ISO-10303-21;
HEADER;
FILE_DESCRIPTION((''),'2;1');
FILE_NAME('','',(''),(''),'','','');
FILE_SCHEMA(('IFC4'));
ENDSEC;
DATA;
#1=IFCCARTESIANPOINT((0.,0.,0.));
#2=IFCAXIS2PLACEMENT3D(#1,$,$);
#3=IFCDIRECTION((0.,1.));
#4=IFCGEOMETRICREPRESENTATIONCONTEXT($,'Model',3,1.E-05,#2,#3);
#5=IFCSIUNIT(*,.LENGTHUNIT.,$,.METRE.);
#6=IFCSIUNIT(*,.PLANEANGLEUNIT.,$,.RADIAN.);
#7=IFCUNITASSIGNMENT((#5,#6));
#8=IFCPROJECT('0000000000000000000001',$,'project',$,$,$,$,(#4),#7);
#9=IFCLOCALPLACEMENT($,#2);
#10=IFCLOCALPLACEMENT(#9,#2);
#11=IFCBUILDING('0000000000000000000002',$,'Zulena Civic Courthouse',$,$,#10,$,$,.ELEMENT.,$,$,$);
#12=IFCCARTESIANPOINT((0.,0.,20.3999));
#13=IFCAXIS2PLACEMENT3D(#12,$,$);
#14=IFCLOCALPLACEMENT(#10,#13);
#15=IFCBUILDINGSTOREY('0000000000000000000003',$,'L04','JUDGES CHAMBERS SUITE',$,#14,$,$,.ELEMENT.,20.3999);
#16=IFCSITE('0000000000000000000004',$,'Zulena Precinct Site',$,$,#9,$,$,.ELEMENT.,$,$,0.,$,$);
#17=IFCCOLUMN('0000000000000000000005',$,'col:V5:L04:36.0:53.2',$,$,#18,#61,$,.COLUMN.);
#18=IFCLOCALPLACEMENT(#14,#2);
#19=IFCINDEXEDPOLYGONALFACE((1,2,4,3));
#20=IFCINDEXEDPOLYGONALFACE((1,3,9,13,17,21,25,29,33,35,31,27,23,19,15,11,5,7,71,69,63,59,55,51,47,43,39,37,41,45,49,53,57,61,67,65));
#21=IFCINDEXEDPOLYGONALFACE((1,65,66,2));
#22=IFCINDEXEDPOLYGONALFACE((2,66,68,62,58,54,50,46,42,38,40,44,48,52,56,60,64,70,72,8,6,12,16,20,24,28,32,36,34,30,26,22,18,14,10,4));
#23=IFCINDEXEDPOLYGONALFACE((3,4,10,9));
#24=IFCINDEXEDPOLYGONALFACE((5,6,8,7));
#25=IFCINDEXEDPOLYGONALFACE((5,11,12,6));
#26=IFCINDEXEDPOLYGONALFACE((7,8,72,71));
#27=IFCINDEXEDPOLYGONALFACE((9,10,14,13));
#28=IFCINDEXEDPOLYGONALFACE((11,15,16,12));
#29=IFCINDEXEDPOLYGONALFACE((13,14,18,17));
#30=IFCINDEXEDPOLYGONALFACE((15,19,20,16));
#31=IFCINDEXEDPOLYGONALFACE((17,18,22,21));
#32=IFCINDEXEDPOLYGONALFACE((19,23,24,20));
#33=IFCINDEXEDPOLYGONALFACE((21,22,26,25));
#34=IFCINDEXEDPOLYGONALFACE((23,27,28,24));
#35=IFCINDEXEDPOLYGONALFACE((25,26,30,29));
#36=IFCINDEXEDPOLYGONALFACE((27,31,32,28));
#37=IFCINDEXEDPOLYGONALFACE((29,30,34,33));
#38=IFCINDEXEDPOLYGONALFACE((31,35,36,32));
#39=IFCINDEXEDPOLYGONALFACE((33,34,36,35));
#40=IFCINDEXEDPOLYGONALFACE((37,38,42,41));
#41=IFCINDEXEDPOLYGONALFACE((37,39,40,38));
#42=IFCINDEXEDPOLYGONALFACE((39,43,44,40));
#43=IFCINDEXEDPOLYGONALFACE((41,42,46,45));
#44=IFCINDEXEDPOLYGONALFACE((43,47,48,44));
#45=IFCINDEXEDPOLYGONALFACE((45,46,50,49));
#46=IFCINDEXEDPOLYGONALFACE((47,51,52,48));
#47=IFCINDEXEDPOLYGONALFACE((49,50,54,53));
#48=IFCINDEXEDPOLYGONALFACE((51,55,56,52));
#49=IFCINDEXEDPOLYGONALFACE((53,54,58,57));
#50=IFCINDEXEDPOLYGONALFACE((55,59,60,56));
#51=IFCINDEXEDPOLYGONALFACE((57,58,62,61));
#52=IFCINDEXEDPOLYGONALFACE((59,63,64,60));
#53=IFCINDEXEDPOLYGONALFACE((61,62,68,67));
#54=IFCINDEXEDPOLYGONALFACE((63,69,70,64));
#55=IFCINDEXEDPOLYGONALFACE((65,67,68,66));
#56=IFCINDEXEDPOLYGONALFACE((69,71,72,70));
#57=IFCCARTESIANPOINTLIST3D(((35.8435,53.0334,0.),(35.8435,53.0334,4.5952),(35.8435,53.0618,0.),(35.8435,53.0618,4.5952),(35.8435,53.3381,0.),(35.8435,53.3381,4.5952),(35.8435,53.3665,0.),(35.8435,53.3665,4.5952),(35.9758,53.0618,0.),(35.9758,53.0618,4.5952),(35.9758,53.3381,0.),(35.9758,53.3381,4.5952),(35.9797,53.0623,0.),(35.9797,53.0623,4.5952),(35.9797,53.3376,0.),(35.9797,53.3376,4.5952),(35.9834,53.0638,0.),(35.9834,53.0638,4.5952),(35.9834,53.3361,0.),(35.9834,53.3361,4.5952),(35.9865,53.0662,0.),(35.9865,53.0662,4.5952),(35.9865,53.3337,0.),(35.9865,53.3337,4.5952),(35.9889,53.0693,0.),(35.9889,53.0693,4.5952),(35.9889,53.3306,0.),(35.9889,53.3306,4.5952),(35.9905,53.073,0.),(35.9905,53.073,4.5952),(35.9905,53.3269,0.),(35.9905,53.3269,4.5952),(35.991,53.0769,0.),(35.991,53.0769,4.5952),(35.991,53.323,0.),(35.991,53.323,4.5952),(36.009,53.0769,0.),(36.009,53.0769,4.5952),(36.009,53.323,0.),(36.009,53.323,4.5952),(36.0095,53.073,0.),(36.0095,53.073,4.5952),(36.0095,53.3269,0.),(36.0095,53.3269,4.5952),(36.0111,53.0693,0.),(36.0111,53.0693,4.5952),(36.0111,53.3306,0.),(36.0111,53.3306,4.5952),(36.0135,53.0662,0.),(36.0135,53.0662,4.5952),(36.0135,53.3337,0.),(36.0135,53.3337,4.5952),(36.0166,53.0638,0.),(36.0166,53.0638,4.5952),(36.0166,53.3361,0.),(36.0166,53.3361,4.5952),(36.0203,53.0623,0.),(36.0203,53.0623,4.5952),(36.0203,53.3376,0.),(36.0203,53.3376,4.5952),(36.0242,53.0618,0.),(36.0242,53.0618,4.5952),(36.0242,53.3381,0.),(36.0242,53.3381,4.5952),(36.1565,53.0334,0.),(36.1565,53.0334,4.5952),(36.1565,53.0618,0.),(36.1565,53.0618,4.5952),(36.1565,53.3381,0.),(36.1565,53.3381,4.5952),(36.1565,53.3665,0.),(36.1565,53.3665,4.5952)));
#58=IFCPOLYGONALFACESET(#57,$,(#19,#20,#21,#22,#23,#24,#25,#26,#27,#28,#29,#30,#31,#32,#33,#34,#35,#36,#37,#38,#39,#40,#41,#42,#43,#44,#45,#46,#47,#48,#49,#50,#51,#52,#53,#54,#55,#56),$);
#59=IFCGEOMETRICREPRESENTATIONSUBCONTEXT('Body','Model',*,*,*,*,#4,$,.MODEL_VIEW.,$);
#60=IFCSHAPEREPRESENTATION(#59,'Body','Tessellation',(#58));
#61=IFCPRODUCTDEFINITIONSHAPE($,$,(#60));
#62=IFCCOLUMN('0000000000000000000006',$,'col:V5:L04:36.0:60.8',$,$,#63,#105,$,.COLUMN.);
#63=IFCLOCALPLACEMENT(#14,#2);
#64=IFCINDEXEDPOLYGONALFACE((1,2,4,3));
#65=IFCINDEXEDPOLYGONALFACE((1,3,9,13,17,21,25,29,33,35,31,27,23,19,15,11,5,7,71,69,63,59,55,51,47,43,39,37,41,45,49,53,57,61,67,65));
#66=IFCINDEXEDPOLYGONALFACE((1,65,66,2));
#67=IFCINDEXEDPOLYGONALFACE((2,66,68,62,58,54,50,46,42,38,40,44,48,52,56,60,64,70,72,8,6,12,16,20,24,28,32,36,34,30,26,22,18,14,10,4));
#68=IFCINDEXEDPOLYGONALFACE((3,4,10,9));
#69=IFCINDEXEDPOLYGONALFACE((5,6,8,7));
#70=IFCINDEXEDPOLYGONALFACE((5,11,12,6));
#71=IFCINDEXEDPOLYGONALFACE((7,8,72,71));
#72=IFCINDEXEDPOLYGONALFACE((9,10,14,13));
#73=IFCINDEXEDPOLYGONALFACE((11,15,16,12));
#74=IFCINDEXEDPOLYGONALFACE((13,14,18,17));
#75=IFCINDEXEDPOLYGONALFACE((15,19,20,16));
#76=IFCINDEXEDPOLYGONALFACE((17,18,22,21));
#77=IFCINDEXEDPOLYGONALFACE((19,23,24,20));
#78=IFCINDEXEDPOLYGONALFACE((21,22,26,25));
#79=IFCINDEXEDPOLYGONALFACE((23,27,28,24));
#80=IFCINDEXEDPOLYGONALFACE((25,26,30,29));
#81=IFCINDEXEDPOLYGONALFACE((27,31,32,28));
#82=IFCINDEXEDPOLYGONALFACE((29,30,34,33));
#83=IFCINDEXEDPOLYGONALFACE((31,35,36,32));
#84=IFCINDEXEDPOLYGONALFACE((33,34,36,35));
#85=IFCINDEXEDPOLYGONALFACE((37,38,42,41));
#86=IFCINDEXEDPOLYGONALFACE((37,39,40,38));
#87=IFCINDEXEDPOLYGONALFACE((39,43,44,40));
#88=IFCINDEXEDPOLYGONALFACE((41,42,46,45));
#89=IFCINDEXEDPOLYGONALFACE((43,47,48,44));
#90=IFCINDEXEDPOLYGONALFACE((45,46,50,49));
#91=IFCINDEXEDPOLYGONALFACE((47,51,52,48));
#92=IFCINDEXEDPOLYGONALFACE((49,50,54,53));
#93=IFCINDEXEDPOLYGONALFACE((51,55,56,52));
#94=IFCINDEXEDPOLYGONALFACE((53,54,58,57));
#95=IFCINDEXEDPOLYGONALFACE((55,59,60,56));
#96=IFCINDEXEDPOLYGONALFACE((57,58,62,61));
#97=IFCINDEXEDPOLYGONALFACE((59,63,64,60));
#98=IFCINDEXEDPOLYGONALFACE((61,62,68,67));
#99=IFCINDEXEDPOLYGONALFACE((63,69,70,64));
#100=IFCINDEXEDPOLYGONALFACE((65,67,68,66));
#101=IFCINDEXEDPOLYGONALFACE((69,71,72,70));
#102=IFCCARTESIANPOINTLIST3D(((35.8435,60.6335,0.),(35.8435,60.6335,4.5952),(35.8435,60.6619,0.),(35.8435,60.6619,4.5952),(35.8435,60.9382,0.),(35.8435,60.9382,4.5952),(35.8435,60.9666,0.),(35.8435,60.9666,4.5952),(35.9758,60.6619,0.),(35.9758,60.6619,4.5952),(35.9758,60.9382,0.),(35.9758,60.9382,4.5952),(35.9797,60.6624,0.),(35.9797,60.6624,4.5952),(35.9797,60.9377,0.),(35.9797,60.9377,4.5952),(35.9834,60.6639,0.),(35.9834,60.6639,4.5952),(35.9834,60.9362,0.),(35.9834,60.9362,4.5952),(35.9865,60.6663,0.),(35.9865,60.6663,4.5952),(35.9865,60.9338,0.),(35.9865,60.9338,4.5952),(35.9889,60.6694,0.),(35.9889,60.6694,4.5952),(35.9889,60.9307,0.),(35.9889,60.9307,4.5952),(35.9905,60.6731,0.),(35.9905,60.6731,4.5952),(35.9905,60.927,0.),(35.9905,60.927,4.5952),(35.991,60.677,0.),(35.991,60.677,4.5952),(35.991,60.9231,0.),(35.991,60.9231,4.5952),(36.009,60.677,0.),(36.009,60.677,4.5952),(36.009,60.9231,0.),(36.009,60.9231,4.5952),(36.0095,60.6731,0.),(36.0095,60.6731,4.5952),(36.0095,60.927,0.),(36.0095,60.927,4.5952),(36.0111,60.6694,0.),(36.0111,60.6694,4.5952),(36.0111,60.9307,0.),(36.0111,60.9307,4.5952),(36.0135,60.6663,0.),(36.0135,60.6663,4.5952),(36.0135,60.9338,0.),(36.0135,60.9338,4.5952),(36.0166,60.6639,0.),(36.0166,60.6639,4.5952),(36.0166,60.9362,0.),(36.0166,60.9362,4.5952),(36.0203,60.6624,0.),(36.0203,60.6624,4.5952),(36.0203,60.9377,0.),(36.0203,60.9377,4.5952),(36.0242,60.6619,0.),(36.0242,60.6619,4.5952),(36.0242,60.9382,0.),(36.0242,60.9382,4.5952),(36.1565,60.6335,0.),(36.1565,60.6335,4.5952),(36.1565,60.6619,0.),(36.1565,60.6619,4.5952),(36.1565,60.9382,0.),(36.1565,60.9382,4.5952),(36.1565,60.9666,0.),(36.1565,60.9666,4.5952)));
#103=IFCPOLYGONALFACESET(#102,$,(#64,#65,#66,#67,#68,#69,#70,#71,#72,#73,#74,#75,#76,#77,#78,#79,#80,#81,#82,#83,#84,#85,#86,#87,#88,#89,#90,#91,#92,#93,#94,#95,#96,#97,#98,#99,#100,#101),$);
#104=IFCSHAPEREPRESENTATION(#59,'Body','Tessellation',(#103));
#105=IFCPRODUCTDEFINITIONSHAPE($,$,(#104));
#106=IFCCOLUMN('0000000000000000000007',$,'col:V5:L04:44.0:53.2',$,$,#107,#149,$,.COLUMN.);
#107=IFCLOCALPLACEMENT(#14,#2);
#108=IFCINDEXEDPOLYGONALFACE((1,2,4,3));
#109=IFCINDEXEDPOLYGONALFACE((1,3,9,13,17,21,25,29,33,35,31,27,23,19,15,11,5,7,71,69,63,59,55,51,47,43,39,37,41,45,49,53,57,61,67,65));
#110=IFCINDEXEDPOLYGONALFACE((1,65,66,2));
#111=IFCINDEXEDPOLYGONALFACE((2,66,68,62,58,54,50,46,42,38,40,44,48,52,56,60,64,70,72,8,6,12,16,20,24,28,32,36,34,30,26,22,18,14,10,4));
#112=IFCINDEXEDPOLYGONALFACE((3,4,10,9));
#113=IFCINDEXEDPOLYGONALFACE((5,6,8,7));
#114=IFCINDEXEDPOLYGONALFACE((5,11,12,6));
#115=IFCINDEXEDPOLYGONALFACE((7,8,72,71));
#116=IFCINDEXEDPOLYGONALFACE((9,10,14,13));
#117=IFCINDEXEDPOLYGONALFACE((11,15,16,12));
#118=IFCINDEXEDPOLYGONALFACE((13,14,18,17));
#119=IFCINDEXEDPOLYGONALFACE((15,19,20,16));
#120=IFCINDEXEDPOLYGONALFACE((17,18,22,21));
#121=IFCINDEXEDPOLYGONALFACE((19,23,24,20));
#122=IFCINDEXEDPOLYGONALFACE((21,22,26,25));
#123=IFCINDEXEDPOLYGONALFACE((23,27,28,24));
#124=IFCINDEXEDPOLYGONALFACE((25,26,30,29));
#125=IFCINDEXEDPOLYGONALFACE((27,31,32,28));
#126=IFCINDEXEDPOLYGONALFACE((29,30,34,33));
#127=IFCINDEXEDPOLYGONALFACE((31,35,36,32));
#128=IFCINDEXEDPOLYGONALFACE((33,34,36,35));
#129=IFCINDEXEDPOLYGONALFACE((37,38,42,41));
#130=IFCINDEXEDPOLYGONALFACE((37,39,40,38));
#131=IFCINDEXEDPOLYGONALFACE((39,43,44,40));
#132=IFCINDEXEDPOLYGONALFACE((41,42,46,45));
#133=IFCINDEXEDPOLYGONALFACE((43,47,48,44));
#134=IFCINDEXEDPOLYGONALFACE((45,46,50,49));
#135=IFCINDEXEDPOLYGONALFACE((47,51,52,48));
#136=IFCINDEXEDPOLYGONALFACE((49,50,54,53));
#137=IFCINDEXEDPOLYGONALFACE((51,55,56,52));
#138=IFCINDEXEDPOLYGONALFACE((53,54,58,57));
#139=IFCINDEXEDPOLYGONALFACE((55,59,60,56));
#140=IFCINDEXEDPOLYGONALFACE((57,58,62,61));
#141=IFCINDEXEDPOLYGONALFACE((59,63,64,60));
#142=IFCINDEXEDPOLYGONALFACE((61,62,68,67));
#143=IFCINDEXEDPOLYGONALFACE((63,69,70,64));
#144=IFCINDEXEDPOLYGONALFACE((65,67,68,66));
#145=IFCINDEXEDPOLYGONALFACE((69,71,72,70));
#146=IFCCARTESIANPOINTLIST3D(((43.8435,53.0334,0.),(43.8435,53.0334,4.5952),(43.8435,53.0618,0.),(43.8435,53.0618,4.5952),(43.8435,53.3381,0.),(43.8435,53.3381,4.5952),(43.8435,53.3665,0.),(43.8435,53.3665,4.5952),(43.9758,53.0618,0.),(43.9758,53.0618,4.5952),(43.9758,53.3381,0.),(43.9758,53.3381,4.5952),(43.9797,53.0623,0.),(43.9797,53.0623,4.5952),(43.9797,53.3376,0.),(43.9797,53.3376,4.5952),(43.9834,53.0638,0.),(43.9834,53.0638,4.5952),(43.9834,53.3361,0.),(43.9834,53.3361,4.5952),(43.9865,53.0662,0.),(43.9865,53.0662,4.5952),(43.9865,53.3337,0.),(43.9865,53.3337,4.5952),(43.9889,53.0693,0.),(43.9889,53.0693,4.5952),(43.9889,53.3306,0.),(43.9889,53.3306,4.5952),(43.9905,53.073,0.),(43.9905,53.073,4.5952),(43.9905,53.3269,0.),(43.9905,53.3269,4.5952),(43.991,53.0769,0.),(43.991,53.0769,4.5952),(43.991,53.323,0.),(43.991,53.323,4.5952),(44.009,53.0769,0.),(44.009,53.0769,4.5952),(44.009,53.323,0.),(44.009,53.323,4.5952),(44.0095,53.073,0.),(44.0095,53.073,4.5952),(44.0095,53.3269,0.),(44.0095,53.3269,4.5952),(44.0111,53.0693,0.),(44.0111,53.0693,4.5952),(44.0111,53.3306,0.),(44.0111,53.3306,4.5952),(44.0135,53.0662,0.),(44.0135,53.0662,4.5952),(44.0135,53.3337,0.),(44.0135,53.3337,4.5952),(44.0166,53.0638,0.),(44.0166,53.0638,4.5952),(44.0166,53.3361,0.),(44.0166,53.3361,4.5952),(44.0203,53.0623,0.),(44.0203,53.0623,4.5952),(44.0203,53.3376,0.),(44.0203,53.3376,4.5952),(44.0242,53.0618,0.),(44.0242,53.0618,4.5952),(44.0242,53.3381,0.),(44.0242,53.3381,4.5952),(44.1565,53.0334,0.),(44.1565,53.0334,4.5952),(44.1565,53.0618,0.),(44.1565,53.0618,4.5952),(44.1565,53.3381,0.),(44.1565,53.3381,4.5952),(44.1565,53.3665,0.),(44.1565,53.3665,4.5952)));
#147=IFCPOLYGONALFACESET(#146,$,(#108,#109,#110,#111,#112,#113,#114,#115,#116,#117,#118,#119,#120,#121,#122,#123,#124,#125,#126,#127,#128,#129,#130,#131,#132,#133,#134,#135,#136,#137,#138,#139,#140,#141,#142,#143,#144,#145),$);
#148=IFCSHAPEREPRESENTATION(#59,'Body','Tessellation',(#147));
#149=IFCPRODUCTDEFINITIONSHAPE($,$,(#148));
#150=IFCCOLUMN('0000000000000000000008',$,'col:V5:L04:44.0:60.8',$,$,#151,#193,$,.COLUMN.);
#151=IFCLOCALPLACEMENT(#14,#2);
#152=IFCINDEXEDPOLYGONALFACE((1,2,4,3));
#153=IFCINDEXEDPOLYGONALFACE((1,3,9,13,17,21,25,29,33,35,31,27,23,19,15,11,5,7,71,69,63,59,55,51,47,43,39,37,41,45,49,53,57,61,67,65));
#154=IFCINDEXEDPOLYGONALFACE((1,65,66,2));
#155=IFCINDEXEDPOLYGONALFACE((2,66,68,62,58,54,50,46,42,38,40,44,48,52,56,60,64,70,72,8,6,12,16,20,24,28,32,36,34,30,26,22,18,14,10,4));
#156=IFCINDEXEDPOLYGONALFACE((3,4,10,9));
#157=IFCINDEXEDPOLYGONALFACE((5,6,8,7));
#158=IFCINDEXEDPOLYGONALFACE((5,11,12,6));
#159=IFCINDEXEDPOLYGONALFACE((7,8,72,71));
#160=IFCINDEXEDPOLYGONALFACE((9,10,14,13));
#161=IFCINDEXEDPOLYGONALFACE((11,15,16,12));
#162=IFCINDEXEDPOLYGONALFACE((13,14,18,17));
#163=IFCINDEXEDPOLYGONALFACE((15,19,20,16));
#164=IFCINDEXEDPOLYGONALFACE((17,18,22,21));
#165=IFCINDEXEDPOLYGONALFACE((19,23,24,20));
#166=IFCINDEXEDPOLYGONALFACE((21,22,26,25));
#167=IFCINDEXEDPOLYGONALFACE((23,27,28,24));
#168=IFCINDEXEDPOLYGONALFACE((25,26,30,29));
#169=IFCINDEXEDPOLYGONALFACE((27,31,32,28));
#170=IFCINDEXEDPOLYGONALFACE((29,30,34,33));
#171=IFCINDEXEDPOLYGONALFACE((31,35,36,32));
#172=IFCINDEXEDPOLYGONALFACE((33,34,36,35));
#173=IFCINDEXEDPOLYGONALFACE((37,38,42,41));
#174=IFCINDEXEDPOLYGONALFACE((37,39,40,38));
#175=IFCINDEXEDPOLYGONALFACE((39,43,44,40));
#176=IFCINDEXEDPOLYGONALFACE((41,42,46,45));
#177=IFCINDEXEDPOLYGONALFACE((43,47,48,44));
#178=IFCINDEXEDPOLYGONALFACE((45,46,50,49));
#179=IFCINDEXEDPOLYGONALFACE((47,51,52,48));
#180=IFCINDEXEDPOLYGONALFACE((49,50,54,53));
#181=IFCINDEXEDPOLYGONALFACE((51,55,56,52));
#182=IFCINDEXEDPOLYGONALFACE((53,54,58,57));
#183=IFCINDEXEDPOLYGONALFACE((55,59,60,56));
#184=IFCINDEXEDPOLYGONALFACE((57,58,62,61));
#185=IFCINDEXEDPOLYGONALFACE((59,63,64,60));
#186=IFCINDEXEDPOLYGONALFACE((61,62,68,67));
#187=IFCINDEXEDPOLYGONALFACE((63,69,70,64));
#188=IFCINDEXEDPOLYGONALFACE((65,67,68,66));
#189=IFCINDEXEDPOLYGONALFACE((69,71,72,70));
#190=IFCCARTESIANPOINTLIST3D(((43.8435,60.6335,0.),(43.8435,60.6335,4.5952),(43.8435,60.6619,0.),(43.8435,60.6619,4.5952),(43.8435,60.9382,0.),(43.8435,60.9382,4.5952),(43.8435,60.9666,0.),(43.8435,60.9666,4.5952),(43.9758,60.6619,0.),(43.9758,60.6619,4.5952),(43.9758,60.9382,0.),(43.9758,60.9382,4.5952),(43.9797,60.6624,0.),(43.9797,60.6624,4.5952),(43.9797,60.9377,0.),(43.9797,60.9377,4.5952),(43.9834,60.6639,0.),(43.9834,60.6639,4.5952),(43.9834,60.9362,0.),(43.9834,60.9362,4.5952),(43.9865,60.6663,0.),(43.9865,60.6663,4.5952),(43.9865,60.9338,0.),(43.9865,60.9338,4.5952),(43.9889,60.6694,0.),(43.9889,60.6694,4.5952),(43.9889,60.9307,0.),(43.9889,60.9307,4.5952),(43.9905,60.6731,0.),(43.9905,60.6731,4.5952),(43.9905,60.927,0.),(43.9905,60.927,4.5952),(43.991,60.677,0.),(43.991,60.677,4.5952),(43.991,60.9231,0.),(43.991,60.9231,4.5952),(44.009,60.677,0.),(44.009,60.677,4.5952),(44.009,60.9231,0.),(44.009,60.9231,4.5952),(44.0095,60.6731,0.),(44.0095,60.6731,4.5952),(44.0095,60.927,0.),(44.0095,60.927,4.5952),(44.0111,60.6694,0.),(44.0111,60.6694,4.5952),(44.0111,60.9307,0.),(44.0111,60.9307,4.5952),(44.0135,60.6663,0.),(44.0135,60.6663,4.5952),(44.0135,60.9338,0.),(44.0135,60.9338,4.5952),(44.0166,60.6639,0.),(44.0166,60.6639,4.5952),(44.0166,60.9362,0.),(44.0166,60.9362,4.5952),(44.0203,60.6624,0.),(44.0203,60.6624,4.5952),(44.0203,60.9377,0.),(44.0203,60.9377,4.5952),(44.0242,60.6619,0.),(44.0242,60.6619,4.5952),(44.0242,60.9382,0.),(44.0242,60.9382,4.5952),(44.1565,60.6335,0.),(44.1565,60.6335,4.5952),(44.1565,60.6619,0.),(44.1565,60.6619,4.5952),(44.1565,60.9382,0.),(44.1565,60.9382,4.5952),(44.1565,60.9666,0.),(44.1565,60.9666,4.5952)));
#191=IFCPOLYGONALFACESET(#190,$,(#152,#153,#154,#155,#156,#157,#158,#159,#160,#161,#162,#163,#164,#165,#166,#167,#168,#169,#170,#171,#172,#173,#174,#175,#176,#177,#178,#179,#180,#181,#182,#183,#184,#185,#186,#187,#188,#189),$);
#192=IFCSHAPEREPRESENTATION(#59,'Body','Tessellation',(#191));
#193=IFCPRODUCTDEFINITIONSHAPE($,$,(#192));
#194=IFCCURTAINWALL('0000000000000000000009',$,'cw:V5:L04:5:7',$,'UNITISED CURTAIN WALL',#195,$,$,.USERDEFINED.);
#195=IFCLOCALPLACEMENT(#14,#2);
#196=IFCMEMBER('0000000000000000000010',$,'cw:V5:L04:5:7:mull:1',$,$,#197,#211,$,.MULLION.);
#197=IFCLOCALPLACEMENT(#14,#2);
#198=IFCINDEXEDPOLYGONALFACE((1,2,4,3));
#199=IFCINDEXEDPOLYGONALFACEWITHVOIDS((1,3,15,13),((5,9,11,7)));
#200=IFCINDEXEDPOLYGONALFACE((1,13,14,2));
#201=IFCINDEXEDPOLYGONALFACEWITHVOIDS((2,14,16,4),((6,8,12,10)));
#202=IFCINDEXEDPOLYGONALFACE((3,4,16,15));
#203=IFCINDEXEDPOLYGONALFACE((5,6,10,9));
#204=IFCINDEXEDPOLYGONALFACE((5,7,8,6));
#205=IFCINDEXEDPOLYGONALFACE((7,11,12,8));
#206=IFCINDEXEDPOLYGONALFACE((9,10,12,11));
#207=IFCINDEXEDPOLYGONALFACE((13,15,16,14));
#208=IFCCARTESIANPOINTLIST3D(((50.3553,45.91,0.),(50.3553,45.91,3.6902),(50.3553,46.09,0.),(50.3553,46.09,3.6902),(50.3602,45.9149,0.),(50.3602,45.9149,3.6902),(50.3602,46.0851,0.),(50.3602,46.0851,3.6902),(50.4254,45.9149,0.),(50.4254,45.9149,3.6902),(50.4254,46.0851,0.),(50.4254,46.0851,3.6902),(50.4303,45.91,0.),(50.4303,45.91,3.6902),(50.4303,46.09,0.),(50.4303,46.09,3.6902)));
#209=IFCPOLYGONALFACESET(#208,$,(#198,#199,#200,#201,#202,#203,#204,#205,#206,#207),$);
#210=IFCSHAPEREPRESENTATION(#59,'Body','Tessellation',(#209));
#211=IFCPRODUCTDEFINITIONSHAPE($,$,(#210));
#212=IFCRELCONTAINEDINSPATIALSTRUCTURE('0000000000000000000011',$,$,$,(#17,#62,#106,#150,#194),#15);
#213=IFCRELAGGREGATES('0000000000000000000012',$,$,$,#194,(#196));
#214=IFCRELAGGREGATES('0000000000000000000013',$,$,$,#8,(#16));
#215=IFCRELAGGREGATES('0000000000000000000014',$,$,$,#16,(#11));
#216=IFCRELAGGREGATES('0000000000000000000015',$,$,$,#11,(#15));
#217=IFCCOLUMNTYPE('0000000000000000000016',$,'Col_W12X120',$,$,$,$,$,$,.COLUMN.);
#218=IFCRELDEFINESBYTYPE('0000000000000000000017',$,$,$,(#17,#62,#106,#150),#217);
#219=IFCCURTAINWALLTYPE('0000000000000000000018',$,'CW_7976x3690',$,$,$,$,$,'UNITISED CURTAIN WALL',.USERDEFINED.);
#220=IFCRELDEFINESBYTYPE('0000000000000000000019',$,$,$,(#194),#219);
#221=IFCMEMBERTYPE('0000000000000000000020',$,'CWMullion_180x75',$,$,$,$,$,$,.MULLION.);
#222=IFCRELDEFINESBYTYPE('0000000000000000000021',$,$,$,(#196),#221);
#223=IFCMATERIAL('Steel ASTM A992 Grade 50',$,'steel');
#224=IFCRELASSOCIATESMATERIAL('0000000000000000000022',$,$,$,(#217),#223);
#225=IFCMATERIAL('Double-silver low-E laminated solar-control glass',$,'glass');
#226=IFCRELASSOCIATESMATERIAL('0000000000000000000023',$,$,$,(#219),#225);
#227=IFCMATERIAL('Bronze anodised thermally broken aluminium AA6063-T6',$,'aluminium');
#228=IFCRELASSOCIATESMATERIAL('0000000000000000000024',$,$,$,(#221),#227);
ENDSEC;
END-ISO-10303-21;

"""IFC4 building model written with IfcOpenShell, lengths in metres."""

from ifc_helpers import new_model, si_unit, direction, frame, origin, origin_2d, place, context, subcontext, project, spatial, hollow_rectangle, i_section, extrude, material, material_profile, profile_set, type_object, element, aggregate, save


model = new_model("IFC4")

# Units and contexts
model_context = context("Model", 3, precision=1e-05, world=origin(), true_north=direction((0.0, 1.0)))
body_context = subcontext(model_context, "Body", "Model", "MODEL_VIEW")
ifc_project = project(units=[si_unit("LENGTHUNIT", "METRE"), si_unit("PLANEANGLEUNIT", "RADIAN")], contexts=[model_context])

# Site, building, storey
site_placement = place(None, origin())
site = spatial("IfcSite", under=ifc_project, at=site_placement, Name="Zulena Precinct Site", CompositionType="ELEMENT", RefElevation=0.0)
building_placement = place(site_placement, origin())
building = spatial("IfcBuilding", under=site, at=building_placement, Name="Zulena Civic Courthouse", CompositionType="ELEMENT")
storey_placement = place(building_placement, frame((0.0, 0.0, 20.3999)))
storey = spatial("IfcBuildingStorey", under=building, at=storey_placement, Name="L04", Description="JUDGES CHAMBERS SUITE", CompositionType="ELEMENT", Elevation=20.3999)

# Columns
ifc_material_1 = material(Name="Steel ASTM A992 Grade 50", Category="steel")
ifc_material_profile_1 = material_profile(ifc_material_1, i_section(OverallWidth=0.313, OverallDepth=0.333, WebThickness=0.0181, FlangeThickness=0.0283, FilletRadius=0.0151, at=origin_2d()), Name="W12X120")
ifc_profile_set_1 = profile_set([ifc_material_profile_1], Name="Steel ASTM A992 Grade 50")
column_type = type_object("IfcColumnType", Name="Col_W12X120", PredefinedType="COLUMN", material=ifc_profile_set_1)
for number, where, z_axis, x_axis, name in (
    (1, (36.0, 53.2, 0.0), (0.0, 0.0, 1.0), (1.0, 0.0, 0.0), "col:V5:L04:36.0:53.2"),
    (2, (36.0, 60.8, 0.0), (0.0, 0.0, 1.0), (1.0, 0.0, 0.0), "col:V5:L04:36.0:60.8"),
    (3, (44.0, 53.2, 0.0), (0.0, 0.0, 1.0), (1.0, 0.0, 0.0), "col:V5:L04:44.0:53.2"),
    (4, (44.0, 60.8, 0.0), (0.0, 0.0, 1.0), (1.0, 0.0, 0.0), "col:V5:L04:44.0:60.8"),
):
    element("IfcColumn", number, at=place(storey_placement, frame(where, z_axis=z_axis, x_axis=x_axis)), inside=storey, type_object=column_type, Name=name, PredefinedType="COLUMN", context=body_context, shape_type="SweptSolid", body=[
        extrude(i_section(OverallWidth=0.313, OverallDepth=0.333, WebThickness=0.0181, FlangeThickness=0.0283, FilletRadius=0.0151, at=origin_2d()), origin(), (0.0, 0.0, 1.0), 4.5952),
    ])

# Curtain wall, member
ifc_material_2 = material(Name="Double-silver low-E laminated solar-control glass", Category="glass")
curtain_wall_type = type_object("IfcCurtainWallType", Name="CW_7976x3690", ElementType="UNITISED CURTAIN WALL", PredefinedType="USERDEFINED", material=ifc_material_2)
curtain_wall_placement = place(storey_placement, origin())
curtain_wall = element("IfcCurtainWall", 5, at=curtain_wall_placement, inside=storey, type_object=curtain_wall_type, Name="cw:V5:L04:5:7", ObjectType="UNITISED CURTAIN WALL", PredefinedType="USERDEFINED")
ifc_material_3 = material(Name="Bronze anodised thermally broken aluminium AA6063-T6", Category="aluminium")
ifc_material_profile_2 = material_profile(ifc_material_3, hollow_rectangle(XDim=0.075, YDim=0.1799, WallThickness=0.0049, at=origin_2d()), Name="CWM180X75X5")
ifc_profile_set_2 = profile_set([ifc_material_profile_2], Name="Bronze anodised thermally broken aluminium AA6063-T6")
member_type = type_object("IfcMemberType", Name="CWMullion_180x75", PredefinedType="MULLION", material=ifc_profile_set_2)
member_1_placement = place(storey_placement, frame((50.3928, 46.0, 0.0), z_axis=(0.0, 0.0, 1.0), x_axis=(1.0, 0.0, 0.0)))
member_1 = element("IfcMember", 6, at=member_1_placement, type_object=member_type, Name="cw:V5:L04:5:7:mull:1", PredefinedType="MULLION", context=body_context, shape_type="SweptSolid", body=[
    extrude(hollow_rectangle(XDim=0.075, YDim=0.1799, WallThickness=0.0049, at=origin_2d()), origin(), (0.0, 0.0, 1.0), 3.6902),
])

aggregate(curtain_wall, [member_1])

save(model, "model.ifc")
